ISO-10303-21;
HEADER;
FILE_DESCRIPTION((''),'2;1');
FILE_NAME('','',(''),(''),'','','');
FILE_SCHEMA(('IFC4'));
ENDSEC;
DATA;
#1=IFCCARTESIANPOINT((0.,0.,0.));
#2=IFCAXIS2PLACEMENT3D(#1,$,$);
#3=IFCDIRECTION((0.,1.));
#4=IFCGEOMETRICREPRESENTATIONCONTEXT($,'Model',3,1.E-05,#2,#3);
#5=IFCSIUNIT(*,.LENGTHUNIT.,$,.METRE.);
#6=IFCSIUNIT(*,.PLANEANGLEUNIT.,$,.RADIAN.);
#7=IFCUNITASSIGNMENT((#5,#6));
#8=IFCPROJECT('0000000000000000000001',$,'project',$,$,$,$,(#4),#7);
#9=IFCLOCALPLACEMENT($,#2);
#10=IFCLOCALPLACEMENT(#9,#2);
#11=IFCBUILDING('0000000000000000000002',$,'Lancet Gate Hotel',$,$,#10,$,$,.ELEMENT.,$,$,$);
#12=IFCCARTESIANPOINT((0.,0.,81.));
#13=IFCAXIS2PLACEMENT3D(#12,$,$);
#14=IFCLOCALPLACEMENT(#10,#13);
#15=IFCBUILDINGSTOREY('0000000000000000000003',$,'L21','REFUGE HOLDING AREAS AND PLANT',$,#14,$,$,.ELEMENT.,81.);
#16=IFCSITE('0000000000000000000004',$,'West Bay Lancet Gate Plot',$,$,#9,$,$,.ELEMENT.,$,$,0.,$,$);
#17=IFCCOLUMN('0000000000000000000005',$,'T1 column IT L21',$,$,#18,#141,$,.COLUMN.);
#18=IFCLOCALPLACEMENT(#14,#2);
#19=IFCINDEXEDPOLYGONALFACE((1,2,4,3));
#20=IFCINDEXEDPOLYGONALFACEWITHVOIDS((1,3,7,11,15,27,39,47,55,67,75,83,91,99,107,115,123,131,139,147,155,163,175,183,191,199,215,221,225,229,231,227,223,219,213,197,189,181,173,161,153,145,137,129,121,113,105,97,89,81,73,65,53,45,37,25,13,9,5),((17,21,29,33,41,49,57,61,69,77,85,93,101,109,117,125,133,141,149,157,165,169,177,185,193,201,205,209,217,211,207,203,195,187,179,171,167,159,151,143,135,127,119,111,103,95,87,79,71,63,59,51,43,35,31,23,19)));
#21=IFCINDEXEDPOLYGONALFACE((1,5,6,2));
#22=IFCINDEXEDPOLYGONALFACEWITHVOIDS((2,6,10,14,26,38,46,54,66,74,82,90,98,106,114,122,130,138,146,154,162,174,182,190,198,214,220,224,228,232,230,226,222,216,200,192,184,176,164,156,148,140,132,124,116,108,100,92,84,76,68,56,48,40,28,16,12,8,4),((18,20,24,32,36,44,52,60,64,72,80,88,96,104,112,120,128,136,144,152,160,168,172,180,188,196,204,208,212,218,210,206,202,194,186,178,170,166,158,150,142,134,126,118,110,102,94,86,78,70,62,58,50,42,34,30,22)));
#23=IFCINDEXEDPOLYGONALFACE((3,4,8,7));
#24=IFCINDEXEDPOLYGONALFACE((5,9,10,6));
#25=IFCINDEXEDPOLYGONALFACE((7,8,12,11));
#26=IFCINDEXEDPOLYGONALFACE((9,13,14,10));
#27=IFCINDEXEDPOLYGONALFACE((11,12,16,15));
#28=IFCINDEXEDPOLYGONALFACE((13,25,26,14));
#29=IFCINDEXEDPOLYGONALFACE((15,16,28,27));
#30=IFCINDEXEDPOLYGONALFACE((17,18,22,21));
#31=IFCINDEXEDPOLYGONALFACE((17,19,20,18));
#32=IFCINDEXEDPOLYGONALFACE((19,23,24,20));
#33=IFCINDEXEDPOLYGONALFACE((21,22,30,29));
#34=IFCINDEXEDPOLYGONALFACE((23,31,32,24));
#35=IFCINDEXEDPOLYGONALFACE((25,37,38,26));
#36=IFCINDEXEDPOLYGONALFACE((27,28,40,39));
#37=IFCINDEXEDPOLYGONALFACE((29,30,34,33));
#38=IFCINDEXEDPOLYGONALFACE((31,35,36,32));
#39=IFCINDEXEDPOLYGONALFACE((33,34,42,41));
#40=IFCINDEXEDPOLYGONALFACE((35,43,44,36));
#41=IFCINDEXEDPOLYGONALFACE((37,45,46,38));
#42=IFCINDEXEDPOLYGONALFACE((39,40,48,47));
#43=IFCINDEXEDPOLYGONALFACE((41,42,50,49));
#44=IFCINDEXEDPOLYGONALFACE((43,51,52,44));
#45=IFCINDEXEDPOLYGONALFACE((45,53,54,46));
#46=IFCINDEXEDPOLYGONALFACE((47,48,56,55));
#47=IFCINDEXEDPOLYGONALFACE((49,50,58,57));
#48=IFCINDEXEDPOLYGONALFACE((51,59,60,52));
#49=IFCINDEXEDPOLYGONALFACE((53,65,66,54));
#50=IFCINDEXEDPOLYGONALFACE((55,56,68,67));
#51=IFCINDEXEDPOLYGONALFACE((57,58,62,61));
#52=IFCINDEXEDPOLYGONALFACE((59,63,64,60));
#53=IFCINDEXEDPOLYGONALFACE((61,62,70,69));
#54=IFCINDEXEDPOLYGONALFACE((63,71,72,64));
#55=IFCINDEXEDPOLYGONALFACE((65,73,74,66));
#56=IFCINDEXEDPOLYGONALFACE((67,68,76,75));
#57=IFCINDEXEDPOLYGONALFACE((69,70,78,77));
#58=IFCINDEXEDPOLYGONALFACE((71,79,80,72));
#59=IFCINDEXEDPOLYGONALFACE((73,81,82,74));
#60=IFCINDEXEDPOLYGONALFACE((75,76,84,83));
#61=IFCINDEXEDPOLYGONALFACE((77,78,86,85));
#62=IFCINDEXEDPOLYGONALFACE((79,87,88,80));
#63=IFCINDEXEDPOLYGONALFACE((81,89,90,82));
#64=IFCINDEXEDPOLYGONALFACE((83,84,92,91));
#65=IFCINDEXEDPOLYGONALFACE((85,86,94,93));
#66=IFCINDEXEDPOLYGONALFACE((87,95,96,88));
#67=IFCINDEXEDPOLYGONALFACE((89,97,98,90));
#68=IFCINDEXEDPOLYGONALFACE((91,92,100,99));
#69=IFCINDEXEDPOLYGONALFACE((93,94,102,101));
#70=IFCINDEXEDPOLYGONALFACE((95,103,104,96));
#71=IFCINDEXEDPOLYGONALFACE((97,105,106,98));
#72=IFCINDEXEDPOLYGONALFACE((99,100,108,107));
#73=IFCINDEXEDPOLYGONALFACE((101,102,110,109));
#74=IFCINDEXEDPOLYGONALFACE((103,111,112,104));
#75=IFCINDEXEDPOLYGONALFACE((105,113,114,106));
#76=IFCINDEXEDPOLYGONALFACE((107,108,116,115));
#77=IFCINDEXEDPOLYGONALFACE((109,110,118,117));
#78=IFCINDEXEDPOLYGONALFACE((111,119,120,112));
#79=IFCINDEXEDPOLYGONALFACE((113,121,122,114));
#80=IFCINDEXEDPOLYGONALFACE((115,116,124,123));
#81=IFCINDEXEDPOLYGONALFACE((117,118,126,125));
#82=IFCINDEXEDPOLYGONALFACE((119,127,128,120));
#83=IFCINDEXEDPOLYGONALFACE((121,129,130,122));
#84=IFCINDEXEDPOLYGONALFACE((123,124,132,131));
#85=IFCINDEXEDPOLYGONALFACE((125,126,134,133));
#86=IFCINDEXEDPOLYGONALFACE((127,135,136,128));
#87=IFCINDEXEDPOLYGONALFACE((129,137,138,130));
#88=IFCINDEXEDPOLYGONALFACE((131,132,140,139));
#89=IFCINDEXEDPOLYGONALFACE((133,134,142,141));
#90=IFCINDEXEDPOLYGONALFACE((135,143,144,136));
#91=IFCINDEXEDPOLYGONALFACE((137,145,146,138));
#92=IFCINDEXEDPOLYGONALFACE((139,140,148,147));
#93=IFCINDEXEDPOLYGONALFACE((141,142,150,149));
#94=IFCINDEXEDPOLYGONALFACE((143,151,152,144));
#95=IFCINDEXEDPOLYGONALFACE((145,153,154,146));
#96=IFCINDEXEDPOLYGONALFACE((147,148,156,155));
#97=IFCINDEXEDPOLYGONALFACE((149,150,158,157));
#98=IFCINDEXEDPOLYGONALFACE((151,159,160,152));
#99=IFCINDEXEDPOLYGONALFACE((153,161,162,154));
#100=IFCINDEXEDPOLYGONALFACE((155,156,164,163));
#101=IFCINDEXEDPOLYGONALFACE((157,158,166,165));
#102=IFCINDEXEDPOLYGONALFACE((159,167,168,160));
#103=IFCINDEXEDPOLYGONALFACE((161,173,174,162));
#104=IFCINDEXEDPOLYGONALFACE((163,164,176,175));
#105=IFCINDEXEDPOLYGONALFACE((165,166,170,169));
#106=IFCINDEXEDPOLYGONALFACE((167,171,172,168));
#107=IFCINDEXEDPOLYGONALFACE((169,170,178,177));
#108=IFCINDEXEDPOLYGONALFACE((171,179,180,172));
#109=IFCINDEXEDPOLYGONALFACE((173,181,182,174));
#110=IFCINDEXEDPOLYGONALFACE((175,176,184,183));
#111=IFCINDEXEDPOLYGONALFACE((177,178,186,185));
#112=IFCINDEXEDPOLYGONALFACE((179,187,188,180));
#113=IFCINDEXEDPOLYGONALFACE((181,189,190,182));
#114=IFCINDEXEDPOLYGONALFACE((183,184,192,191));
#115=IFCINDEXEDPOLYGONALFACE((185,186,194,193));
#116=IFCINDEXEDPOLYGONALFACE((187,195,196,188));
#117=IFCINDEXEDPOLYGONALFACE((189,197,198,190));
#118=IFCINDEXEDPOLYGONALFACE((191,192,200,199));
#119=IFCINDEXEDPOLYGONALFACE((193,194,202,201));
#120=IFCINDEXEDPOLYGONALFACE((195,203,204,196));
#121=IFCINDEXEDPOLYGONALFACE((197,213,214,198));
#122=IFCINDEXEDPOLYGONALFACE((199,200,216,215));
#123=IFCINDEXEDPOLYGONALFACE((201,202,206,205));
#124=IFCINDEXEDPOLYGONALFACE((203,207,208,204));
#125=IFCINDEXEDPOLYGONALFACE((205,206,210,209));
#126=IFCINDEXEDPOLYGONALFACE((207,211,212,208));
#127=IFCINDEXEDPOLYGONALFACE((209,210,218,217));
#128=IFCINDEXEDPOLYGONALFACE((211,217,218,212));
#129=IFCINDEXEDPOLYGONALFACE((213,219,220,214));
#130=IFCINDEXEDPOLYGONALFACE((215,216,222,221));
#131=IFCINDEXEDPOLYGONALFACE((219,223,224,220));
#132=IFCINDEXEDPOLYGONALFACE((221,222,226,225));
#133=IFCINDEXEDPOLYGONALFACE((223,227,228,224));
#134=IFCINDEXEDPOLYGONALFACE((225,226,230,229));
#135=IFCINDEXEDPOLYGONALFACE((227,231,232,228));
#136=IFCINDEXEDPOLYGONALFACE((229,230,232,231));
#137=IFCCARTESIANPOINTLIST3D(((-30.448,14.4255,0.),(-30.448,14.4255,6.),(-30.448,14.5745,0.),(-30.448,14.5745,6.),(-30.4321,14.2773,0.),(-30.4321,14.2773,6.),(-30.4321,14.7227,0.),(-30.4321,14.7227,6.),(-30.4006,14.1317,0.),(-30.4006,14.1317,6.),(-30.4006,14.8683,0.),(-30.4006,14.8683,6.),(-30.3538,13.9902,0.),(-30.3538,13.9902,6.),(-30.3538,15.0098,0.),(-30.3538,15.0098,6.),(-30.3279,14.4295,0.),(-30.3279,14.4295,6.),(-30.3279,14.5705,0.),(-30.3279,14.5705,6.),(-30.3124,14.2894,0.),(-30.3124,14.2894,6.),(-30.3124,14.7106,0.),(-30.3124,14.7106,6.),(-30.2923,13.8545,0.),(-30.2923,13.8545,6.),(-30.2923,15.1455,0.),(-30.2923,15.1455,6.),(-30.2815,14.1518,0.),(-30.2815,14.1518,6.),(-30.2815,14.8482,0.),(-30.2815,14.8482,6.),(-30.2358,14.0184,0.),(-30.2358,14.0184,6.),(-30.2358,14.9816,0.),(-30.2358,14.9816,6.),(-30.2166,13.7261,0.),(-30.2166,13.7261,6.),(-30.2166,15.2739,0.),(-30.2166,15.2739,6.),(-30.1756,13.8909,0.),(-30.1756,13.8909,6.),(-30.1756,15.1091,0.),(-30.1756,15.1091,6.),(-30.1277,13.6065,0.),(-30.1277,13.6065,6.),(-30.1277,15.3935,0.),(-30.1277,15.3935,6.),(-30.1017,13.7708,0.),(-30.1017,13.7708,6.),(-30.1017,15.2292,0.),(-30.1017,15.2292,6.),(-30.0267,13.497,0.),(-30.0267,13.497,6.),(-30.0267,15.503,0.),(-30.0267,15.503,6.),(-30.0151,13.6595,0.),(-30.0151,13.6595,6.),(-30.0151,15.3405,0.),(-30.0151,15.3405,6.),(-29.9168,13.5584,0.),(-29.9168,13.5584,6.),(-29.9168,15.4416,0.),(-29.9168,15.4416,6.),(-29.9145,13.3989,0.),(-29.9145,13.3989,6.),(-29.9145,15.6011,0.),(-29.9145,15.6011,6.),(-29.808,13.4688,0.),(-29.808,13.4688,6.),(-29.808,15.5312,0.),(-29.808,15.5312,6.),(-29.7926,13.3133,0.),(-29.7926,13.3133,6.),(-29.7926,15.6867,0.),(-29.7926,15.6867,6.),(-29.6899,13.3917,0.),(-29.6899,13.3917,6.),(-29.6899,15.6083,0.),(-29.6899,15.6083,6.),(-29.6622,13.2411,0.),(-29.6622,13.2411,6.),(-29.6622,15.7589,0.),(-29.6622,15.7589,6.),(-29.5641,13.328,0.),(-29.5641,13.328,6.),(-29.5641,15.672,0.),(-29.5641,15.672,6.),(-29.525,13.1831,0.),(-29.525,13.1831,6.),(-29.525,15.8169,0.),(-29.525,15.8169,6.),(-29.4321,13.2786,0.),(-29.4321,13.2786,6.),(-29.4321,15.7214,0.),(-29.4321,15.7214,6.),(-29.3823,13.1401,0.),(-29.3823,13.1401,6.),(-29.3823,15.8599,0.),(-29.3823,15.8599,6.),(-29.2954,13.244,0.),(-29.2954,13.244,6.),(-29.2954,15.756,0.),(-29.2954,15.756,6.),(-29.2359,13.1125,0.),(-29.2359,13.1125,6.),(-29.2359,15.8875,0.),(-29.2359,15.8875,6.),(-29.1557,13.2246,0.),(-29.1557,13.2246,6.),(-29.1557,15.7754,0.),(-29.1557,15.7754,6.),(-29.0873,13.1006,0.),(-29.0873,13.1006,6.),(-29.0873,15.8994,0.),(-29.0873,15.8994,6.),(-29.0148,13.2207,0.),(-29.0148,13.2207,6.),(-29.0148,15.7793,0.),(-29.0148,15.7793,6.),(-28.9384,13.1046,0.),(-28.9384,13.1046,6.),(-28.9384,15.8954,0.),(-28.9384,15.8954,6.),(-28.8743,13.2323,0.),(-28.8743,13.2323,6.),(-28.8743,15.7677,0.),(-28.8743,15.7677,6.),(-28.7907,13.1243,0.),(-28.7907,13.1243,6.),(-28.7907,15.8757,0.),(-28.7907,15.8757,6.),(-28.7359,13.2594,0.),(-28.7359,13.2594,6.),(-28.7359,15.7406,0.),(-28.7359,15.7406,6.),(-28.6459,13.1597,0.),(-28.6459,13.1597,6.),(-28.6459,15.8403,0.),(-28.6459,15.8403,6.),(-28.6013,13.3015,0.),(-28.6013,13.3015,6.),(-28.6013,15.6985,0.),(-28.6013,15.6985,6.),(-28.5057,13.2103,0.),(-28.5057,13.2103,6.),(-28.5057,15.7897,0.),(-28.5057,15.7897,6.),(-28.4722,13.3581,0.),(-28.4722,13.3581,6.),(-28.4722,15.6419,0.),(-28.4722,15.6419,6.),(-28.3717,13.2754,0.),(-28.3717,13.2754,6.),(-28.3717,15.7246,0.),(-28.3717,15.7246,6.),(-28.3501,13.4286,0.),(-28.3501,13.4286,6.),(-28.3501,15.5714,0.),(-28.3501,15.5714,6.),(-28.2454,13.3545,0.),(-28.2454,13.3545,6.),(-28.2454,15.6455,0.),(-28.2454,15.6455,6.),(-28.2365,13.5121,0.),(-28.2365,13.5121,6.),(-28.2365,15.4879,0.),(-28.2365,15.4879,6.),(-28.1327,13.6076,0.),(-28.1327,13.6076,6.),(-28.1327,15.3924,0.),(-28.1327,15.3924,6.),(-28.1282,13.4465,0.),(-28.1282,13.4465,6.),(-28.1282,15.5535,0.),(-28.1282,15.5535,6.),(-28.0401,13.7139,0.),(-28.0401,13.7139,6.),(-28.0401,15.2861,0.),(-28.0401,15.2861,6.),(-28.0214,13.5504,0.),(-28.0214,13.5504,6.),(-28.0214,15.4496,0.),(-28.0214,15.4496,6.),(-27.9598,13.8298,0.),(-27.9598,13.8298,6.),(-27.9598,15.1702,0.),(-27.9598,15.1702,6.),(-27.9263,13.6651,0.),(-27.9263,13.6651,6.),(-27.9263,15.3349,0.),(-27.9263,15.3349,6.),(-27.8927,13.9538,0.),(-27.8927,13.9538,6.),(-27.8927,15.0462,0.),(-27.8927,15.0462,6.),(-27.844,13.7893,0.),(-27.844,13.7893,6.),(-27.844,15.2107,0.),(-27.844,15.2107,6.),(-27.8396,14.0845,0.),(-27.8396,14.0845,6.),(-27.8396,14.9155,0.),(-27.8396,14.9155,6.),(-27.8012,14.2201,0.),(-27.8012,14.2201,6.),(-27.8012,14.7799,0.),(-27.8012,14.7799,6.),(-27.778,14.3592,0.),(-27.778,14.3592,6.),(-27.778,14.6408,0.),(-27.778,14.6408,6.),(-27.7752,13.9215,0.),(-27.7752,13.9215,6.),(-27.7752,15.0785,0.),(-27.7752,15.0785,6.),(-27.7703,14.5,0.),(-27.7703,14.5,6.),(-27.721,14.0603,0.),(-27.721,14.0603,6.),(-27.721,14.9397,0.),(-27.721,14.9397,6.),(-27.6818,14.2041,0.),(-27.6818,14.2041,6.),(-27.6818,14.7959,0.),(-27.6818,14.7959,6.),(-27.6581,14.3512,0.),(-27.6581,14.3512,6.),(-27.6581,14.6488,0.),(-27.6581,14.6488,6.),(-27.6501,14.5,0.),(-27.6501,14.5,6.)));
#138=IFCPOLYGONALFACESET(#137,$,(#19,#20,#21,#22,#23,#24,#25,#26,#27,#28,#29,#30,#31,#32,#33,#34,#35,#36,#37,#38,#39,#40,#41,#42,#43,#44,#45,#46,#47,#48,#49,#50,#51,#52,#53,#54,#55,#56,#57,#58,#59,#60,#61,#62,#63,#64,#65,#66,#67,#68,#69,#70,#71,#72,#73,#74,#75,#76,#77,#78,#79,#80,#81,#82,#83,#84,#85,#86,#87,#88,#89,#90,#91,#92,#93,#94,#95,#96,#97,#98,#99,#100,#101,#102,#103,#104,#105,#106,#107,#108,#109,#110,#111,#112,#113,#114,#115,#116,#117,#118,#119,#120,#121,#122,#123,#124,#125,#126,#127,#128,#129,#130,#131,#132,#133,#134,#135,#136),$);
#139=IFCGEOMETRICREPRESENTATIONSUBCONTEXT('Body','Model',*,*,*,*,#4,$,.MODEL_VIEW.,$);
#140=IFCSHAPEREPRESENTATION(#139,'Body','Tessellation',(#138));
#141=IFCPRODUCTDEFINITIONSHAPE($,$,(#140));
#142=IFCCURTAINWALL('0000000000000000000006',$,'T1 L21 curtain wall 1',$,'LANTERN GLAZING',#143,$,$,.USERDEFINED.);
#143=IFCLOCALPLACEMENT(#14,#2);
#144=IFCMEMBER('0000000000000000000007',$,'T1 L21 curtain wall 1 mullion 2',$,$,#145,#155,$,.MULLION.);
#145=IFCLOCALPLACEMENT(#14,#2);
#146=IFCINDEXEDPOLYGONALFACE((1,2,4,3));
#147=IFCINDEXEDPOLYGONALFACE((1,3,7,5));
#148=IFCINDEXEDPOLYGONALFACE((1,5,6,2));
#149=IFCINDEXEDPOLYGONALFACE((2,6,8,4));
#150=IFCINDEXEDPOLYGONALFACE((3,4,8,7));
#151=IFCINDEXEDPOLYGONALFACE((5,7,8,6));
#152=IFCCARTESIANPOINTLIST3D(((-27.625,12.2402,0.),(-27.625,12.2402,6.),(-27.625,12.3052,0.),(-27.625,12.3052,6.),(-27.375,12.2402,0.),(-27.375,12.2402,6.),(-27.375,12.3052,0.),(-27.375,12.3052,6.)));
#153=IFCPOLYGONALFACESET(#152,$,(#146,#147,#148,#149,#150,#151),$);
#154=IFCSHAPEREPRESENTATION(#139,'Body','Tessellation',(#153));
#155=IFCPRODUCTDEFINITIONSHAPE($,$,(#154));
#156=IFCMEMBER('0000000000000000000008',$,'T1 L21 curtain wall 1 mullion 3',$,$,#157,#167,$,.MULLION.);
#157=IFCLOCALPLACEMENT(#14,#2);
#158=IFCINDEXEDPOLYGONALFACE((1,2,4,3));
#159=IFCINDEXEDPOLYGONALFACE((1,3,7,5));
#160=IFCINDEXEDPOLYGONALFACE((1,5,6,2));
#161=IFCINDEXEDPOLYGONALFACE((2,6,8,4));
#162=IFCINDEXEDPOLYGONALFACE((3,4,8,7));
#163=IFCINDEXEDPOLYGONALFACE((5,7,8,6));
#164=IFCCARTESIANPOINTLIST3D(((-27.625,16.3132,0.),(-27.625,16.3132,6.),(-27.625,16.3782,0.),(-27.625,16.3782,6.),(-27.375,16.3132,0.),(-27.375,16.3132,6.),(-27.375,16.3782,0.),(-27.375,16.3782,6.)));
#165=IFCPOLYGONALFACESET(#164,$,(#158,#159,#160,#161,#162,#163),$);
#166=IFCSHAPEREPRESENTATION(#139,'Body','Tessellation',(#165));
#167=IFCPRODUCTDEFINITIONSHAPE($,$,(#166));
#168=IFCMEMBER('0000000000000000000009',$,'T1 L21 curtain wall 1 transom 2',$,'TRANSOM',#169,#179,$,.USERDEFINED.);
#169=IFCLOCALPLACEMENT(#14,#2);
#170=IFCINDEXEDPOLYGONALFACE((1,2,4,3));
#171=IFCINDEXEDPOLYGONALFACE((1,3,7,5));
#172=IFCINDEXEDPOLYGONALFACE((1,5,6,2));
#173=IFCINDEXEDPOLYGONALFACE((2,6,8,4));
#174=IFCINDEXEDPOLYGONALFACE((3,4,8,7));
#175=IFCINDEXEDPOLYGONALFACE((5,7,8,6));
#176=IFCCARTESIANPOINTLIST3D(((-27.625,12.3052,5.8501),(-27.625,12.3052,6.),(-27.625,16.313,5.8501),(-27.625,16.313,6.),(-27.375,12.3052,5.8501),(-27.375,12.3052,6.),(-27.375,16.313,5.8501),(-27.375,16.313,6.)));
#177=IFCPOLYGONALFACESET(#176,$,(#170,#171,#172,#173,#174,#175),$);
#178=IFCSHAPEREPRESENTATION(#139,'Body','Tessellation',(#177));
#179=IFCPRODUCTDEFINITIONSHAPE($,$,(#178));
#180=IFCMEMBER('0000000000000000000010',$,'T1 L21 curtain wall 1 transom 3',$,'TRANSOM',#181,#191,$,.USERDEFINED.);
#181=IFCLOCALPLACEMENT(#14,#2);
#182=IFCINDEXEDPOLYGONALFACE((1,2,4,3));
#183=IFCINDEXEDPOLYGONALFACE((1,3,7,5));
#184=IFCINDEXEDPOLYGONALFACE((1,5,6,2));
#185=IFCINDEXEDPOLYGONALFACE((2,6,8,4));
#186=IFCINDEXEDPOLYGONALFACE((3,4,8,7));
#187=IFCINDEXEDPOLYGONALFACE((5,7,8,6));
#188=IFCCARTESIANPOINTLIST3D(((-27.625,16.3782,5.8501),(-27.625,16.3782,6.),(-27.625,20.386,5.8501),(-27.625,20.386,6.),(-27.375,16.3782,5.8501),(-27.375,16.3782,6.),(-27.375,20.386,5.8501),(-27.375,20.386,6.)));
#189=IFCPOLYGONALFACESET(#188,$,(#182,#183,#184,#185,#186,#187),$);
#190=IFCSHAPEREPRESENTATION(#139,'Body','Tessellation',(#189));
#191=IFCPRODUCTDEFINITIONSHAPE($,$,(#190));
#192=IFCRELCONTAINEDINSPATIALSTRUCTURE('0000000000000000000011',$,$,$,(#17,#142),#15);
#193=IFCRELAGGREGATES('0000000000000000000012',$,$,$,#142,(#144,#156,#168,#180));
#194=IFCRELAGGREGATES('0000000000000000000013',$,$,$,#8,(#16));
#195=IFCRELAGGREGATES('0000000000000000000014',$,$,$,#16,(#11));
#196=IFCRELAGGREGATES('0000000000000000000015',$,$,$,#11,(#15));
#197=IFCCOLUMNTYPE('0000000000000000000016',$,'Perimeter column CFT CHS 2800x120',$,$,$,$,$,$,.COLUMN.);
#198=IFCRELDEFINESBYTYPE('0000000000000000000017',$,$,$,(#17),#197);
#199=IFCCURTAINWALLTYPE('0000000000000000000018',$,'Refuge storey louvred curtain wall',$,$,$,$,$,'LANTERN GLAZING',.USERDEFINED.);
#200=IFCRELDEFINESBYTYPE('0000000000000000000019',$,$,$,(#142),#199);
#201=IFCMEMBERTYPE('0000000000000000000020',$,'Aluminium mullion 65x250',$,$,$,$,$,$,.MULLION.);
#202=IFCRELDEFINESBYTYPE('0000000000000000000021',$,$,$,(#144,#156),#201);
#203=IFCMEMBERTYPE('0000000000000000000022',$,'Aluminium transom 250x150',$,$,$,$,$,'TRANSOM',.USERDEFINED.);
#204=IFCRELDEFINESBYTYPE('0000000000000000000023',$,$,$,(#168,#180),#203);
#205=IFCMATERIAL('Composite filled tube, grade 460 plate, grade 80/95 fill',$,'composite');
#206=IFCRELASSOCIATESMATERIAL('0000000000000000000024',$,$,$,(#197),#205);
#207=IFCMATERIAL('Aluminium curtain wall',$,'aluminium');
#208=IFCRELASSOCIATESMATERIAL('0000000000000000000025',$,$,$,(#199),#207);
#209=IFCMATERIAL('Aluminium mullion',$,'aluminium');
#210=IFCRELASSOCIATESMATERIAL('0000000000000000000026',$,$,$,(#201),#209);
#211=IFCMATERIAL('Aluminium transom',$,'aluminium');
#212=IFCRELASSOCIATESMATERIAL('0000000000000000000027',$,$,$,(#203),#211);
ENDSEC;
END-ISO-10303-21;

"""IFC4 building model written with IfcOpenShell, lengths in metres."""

from ifc_helpers import new_model, si_unit, direction, frame, origin, origin_2d, place, context, subcontext, project, spatial, rectangle, hollow_circle, extrude, material, material_profile, profile_set, type_object, element, aggregate, save


model = new_model("IFC4")

# Units and contexts
model_context = context("Model", 3, precision=1e-05, world=origin(), true_north=direction((0.0, 1.0)))
body_context = subcontext(model_context, "Body", "Model", "MODEL_VIEW")
ifc_project = project(units=[si_unit("LENGTHUNIT", "METRE"), si_unit("PLANEANGLEUNIT", "RADIAN")], contexts=[model_context])

# Site, building, storey
site_placement = place(None, origin())
site = spatial("IfcSite", under=ifc_project, at=site_placement, Name="West Bay Lancet Gate Plot", CompositionType="ELEMENT", RefElevation=0.0)
building_placement = place(site_placement, origin())
building = spatial("IfcBuilding", under=site, at=building_placement, Name="Lancet Gate Hotel", CompositionType="ELEMENT")
storey_placement = place(building_placement, frame((0.0, 0.0, 81.0)))
storey = spatial("IfcBuildingStorey", under=building, at=storey_placement, Name="L21", Description="REFUGE HOLDING AREAS AND PLANT", CompositionType="ELEMENT", Elevation=81.0)

# Column
ifc_material_1 = material(Name="Composite filled tube, grade 460 plate, grade 80/95 fill", Category="composite")
ifc_material_profile_1 = material_profile(ifc_material_1, hollow_circle(Radius=1.3999, WallThickness=0.1201, at=origin_2d()), Name="CHS 2800x120")
ifc_profile_set_1 = profile_set([ifc_material_profile_1], Name="Composite filled tube, grade 460 plate, grade 80/95 fill")
column_type = type_object("IfcColumnType", Name="Perimeter column CFT CHS 2800x120", PredefinedType="COLUMN", material=ifc_profile_set_1)
for number, where, z_axis, x_axis, name in (
    (1, (-29.05, 14.5, 0.0), (0.0, 0.0, 1.0), (1.0, 0.0, 0.0), "T1 column IT L21"),
):
    element("IfcColumn", number, at=place(storey_placement, frame(where, z_axis=z_axis, x_axis=x_axis)), inside=storey, type_object=column_type, Name=name, PredefinedType="COLUMN", context=body_context, shape_type="SweptSolid", body=[
        extrude(hollow_circle(Radius=1.3999, WallThickness=0.1201, at=origin_2d()), origin(), (0.0, 0.0, 1.0), 6.0),
    ])

# Curtain wall, members
ifc_material_2 = material(Name="Aluminium curtain wall", Category="aluminium")
curtain_wall_type = type_object("IfcCurtainWallType", Name="Refuge storey louvred curtain wall", ElementType="LANTERN GLAZING", PredefinedType="USERDEFINED", material=ifc_material_2)
curtain_wall_placement = place(storey_placement, origin())
curtain_wall = element("IfcCurtainWall", 2, at=curtain_wall_placement, inside=storey, type_object=curtain_wall_type, Name="T1 L21 curtain wall 1", ObjectType="LANTERN GLAZING", PredefinedType="USERDEFINED")
ifc_material_3 = material(Name="Aluminium mullion", Category="aluminium")
ifc_material_profile_2 = material_profile(ifc_material_3, rectangle(XDim=0.0649, YDim=0.25, at=origin_2d()), Name="MULLION 65x250")
ifc_profile_set_2 = profile_set([ifc_material_profile_2], Name="Aluminium mullion")
member_type_1 = type_object("IfcMemberType", Name="Aluminium mullion 65x250", PredefinedType="MULLION", material=ifc_profile_set_2)
member_1_placement = place(storey_placement, frame((-27.5, 12.2727, 0.0), z_axis=(0.0, 0.0, 1.0), x_axis=(0.0, 1.0, 0.0)))
member_1 = element("IfcMember", 3, at=member_1_placement, type_object=member_type_1, Name="T1 L21 curtain wall 1 mullion 2", PredefinedType="MULLION", context=body_context, shape_type="SweptSolid", body=[
    extrude(rectangle(XDim=0.0649, YDim=0.25, at=origin_2d()), origin(), (0.0, 0.0, 1.0), 6.0),
])
member_2_placement = place(storey_placement, frame((-27.5, 16.3457, 0.0), z_axis=(0.0, 0.0, 1.0), x_axis=(0.0, 1.0, 0.0)))
member_2 = element("IfcMember", 4, at=member_2_placement, type_object=member_type_1, Name="T1 L21 curtain wall 1 mullion 3", PredefinedType="MULLION", context=body_context, shape_type="SweptSolid", body=[
    extrude(rectangle(XDim=0.0649, YDim=0.25, at=origin_2d()), origin(), (0.0, 0.0, 1.0), 6.0),
])
ifc_material_4 = material(Name="Aluminium transom", Category="aluminium")
ifc_material_profile_3 = material_profile(ifc_material_4, rectangle(XDim=0.25, YDim=0.1499, at=origin_2d()), Name="TRANSOM 250x150")
ifc_profile_set_3 = profile_set([ifc_material_profile_3], Name="Aluminium transom")
member_type_2 = type_object("IfcMemberType", Name="Aluminium transom 250x150", ElementType="TRANSOM", PredefinedType="USERDEFINED", material=ifc_profile_set_3)
member_3_placement = place(storey_placement, frame((-27.5, 12.3052, 5.925), z_axis=(0.0, 1.0, 0.0), x_axis=(-1.0, 0.0, 0.0)))
member_3 = element("IfcMember", 5, at=member_3_placement, type_object=member_type_2, Name="T1 L21 curtain wall 1 transom 2", ObjectType="TRANSOM", PredefinedType="USERDEFINED", context=body_context, shape_type="SweptSolid", body=[
    extrude(rectangle(XDim=0.25, YDim=0.1499, at=origin_2d()), origin(), (0.0, 0.0, 1.0), 4.0078),
])
member_4_placement = place(storey_placement, frame((-27.5, 16.3782, 5.925), z_axis=(0.0, 1.0, 0.0), x_axis=(-1.0, 0.0, 0.0)))
member_4 = element("IfcMember", 6, at=member_4_placement, type_object=member_type_2, Name="T1 L21 curtain wall 1 transom 3", ObjectType="TRANSOM", PredefinedType="USERDEFINED", context=body_context, shape_type="SweptSolid", body=[
    extrude(rectangle(XDim=0.25, YDim=0.1499, at=origin_2d()), origin(), (0.0, 0.0, 1.0), 4.0078),
])

aggregate(curtain_wall, [member_1, member_2, member_3, member_4])

save(model, "model.ifc")
